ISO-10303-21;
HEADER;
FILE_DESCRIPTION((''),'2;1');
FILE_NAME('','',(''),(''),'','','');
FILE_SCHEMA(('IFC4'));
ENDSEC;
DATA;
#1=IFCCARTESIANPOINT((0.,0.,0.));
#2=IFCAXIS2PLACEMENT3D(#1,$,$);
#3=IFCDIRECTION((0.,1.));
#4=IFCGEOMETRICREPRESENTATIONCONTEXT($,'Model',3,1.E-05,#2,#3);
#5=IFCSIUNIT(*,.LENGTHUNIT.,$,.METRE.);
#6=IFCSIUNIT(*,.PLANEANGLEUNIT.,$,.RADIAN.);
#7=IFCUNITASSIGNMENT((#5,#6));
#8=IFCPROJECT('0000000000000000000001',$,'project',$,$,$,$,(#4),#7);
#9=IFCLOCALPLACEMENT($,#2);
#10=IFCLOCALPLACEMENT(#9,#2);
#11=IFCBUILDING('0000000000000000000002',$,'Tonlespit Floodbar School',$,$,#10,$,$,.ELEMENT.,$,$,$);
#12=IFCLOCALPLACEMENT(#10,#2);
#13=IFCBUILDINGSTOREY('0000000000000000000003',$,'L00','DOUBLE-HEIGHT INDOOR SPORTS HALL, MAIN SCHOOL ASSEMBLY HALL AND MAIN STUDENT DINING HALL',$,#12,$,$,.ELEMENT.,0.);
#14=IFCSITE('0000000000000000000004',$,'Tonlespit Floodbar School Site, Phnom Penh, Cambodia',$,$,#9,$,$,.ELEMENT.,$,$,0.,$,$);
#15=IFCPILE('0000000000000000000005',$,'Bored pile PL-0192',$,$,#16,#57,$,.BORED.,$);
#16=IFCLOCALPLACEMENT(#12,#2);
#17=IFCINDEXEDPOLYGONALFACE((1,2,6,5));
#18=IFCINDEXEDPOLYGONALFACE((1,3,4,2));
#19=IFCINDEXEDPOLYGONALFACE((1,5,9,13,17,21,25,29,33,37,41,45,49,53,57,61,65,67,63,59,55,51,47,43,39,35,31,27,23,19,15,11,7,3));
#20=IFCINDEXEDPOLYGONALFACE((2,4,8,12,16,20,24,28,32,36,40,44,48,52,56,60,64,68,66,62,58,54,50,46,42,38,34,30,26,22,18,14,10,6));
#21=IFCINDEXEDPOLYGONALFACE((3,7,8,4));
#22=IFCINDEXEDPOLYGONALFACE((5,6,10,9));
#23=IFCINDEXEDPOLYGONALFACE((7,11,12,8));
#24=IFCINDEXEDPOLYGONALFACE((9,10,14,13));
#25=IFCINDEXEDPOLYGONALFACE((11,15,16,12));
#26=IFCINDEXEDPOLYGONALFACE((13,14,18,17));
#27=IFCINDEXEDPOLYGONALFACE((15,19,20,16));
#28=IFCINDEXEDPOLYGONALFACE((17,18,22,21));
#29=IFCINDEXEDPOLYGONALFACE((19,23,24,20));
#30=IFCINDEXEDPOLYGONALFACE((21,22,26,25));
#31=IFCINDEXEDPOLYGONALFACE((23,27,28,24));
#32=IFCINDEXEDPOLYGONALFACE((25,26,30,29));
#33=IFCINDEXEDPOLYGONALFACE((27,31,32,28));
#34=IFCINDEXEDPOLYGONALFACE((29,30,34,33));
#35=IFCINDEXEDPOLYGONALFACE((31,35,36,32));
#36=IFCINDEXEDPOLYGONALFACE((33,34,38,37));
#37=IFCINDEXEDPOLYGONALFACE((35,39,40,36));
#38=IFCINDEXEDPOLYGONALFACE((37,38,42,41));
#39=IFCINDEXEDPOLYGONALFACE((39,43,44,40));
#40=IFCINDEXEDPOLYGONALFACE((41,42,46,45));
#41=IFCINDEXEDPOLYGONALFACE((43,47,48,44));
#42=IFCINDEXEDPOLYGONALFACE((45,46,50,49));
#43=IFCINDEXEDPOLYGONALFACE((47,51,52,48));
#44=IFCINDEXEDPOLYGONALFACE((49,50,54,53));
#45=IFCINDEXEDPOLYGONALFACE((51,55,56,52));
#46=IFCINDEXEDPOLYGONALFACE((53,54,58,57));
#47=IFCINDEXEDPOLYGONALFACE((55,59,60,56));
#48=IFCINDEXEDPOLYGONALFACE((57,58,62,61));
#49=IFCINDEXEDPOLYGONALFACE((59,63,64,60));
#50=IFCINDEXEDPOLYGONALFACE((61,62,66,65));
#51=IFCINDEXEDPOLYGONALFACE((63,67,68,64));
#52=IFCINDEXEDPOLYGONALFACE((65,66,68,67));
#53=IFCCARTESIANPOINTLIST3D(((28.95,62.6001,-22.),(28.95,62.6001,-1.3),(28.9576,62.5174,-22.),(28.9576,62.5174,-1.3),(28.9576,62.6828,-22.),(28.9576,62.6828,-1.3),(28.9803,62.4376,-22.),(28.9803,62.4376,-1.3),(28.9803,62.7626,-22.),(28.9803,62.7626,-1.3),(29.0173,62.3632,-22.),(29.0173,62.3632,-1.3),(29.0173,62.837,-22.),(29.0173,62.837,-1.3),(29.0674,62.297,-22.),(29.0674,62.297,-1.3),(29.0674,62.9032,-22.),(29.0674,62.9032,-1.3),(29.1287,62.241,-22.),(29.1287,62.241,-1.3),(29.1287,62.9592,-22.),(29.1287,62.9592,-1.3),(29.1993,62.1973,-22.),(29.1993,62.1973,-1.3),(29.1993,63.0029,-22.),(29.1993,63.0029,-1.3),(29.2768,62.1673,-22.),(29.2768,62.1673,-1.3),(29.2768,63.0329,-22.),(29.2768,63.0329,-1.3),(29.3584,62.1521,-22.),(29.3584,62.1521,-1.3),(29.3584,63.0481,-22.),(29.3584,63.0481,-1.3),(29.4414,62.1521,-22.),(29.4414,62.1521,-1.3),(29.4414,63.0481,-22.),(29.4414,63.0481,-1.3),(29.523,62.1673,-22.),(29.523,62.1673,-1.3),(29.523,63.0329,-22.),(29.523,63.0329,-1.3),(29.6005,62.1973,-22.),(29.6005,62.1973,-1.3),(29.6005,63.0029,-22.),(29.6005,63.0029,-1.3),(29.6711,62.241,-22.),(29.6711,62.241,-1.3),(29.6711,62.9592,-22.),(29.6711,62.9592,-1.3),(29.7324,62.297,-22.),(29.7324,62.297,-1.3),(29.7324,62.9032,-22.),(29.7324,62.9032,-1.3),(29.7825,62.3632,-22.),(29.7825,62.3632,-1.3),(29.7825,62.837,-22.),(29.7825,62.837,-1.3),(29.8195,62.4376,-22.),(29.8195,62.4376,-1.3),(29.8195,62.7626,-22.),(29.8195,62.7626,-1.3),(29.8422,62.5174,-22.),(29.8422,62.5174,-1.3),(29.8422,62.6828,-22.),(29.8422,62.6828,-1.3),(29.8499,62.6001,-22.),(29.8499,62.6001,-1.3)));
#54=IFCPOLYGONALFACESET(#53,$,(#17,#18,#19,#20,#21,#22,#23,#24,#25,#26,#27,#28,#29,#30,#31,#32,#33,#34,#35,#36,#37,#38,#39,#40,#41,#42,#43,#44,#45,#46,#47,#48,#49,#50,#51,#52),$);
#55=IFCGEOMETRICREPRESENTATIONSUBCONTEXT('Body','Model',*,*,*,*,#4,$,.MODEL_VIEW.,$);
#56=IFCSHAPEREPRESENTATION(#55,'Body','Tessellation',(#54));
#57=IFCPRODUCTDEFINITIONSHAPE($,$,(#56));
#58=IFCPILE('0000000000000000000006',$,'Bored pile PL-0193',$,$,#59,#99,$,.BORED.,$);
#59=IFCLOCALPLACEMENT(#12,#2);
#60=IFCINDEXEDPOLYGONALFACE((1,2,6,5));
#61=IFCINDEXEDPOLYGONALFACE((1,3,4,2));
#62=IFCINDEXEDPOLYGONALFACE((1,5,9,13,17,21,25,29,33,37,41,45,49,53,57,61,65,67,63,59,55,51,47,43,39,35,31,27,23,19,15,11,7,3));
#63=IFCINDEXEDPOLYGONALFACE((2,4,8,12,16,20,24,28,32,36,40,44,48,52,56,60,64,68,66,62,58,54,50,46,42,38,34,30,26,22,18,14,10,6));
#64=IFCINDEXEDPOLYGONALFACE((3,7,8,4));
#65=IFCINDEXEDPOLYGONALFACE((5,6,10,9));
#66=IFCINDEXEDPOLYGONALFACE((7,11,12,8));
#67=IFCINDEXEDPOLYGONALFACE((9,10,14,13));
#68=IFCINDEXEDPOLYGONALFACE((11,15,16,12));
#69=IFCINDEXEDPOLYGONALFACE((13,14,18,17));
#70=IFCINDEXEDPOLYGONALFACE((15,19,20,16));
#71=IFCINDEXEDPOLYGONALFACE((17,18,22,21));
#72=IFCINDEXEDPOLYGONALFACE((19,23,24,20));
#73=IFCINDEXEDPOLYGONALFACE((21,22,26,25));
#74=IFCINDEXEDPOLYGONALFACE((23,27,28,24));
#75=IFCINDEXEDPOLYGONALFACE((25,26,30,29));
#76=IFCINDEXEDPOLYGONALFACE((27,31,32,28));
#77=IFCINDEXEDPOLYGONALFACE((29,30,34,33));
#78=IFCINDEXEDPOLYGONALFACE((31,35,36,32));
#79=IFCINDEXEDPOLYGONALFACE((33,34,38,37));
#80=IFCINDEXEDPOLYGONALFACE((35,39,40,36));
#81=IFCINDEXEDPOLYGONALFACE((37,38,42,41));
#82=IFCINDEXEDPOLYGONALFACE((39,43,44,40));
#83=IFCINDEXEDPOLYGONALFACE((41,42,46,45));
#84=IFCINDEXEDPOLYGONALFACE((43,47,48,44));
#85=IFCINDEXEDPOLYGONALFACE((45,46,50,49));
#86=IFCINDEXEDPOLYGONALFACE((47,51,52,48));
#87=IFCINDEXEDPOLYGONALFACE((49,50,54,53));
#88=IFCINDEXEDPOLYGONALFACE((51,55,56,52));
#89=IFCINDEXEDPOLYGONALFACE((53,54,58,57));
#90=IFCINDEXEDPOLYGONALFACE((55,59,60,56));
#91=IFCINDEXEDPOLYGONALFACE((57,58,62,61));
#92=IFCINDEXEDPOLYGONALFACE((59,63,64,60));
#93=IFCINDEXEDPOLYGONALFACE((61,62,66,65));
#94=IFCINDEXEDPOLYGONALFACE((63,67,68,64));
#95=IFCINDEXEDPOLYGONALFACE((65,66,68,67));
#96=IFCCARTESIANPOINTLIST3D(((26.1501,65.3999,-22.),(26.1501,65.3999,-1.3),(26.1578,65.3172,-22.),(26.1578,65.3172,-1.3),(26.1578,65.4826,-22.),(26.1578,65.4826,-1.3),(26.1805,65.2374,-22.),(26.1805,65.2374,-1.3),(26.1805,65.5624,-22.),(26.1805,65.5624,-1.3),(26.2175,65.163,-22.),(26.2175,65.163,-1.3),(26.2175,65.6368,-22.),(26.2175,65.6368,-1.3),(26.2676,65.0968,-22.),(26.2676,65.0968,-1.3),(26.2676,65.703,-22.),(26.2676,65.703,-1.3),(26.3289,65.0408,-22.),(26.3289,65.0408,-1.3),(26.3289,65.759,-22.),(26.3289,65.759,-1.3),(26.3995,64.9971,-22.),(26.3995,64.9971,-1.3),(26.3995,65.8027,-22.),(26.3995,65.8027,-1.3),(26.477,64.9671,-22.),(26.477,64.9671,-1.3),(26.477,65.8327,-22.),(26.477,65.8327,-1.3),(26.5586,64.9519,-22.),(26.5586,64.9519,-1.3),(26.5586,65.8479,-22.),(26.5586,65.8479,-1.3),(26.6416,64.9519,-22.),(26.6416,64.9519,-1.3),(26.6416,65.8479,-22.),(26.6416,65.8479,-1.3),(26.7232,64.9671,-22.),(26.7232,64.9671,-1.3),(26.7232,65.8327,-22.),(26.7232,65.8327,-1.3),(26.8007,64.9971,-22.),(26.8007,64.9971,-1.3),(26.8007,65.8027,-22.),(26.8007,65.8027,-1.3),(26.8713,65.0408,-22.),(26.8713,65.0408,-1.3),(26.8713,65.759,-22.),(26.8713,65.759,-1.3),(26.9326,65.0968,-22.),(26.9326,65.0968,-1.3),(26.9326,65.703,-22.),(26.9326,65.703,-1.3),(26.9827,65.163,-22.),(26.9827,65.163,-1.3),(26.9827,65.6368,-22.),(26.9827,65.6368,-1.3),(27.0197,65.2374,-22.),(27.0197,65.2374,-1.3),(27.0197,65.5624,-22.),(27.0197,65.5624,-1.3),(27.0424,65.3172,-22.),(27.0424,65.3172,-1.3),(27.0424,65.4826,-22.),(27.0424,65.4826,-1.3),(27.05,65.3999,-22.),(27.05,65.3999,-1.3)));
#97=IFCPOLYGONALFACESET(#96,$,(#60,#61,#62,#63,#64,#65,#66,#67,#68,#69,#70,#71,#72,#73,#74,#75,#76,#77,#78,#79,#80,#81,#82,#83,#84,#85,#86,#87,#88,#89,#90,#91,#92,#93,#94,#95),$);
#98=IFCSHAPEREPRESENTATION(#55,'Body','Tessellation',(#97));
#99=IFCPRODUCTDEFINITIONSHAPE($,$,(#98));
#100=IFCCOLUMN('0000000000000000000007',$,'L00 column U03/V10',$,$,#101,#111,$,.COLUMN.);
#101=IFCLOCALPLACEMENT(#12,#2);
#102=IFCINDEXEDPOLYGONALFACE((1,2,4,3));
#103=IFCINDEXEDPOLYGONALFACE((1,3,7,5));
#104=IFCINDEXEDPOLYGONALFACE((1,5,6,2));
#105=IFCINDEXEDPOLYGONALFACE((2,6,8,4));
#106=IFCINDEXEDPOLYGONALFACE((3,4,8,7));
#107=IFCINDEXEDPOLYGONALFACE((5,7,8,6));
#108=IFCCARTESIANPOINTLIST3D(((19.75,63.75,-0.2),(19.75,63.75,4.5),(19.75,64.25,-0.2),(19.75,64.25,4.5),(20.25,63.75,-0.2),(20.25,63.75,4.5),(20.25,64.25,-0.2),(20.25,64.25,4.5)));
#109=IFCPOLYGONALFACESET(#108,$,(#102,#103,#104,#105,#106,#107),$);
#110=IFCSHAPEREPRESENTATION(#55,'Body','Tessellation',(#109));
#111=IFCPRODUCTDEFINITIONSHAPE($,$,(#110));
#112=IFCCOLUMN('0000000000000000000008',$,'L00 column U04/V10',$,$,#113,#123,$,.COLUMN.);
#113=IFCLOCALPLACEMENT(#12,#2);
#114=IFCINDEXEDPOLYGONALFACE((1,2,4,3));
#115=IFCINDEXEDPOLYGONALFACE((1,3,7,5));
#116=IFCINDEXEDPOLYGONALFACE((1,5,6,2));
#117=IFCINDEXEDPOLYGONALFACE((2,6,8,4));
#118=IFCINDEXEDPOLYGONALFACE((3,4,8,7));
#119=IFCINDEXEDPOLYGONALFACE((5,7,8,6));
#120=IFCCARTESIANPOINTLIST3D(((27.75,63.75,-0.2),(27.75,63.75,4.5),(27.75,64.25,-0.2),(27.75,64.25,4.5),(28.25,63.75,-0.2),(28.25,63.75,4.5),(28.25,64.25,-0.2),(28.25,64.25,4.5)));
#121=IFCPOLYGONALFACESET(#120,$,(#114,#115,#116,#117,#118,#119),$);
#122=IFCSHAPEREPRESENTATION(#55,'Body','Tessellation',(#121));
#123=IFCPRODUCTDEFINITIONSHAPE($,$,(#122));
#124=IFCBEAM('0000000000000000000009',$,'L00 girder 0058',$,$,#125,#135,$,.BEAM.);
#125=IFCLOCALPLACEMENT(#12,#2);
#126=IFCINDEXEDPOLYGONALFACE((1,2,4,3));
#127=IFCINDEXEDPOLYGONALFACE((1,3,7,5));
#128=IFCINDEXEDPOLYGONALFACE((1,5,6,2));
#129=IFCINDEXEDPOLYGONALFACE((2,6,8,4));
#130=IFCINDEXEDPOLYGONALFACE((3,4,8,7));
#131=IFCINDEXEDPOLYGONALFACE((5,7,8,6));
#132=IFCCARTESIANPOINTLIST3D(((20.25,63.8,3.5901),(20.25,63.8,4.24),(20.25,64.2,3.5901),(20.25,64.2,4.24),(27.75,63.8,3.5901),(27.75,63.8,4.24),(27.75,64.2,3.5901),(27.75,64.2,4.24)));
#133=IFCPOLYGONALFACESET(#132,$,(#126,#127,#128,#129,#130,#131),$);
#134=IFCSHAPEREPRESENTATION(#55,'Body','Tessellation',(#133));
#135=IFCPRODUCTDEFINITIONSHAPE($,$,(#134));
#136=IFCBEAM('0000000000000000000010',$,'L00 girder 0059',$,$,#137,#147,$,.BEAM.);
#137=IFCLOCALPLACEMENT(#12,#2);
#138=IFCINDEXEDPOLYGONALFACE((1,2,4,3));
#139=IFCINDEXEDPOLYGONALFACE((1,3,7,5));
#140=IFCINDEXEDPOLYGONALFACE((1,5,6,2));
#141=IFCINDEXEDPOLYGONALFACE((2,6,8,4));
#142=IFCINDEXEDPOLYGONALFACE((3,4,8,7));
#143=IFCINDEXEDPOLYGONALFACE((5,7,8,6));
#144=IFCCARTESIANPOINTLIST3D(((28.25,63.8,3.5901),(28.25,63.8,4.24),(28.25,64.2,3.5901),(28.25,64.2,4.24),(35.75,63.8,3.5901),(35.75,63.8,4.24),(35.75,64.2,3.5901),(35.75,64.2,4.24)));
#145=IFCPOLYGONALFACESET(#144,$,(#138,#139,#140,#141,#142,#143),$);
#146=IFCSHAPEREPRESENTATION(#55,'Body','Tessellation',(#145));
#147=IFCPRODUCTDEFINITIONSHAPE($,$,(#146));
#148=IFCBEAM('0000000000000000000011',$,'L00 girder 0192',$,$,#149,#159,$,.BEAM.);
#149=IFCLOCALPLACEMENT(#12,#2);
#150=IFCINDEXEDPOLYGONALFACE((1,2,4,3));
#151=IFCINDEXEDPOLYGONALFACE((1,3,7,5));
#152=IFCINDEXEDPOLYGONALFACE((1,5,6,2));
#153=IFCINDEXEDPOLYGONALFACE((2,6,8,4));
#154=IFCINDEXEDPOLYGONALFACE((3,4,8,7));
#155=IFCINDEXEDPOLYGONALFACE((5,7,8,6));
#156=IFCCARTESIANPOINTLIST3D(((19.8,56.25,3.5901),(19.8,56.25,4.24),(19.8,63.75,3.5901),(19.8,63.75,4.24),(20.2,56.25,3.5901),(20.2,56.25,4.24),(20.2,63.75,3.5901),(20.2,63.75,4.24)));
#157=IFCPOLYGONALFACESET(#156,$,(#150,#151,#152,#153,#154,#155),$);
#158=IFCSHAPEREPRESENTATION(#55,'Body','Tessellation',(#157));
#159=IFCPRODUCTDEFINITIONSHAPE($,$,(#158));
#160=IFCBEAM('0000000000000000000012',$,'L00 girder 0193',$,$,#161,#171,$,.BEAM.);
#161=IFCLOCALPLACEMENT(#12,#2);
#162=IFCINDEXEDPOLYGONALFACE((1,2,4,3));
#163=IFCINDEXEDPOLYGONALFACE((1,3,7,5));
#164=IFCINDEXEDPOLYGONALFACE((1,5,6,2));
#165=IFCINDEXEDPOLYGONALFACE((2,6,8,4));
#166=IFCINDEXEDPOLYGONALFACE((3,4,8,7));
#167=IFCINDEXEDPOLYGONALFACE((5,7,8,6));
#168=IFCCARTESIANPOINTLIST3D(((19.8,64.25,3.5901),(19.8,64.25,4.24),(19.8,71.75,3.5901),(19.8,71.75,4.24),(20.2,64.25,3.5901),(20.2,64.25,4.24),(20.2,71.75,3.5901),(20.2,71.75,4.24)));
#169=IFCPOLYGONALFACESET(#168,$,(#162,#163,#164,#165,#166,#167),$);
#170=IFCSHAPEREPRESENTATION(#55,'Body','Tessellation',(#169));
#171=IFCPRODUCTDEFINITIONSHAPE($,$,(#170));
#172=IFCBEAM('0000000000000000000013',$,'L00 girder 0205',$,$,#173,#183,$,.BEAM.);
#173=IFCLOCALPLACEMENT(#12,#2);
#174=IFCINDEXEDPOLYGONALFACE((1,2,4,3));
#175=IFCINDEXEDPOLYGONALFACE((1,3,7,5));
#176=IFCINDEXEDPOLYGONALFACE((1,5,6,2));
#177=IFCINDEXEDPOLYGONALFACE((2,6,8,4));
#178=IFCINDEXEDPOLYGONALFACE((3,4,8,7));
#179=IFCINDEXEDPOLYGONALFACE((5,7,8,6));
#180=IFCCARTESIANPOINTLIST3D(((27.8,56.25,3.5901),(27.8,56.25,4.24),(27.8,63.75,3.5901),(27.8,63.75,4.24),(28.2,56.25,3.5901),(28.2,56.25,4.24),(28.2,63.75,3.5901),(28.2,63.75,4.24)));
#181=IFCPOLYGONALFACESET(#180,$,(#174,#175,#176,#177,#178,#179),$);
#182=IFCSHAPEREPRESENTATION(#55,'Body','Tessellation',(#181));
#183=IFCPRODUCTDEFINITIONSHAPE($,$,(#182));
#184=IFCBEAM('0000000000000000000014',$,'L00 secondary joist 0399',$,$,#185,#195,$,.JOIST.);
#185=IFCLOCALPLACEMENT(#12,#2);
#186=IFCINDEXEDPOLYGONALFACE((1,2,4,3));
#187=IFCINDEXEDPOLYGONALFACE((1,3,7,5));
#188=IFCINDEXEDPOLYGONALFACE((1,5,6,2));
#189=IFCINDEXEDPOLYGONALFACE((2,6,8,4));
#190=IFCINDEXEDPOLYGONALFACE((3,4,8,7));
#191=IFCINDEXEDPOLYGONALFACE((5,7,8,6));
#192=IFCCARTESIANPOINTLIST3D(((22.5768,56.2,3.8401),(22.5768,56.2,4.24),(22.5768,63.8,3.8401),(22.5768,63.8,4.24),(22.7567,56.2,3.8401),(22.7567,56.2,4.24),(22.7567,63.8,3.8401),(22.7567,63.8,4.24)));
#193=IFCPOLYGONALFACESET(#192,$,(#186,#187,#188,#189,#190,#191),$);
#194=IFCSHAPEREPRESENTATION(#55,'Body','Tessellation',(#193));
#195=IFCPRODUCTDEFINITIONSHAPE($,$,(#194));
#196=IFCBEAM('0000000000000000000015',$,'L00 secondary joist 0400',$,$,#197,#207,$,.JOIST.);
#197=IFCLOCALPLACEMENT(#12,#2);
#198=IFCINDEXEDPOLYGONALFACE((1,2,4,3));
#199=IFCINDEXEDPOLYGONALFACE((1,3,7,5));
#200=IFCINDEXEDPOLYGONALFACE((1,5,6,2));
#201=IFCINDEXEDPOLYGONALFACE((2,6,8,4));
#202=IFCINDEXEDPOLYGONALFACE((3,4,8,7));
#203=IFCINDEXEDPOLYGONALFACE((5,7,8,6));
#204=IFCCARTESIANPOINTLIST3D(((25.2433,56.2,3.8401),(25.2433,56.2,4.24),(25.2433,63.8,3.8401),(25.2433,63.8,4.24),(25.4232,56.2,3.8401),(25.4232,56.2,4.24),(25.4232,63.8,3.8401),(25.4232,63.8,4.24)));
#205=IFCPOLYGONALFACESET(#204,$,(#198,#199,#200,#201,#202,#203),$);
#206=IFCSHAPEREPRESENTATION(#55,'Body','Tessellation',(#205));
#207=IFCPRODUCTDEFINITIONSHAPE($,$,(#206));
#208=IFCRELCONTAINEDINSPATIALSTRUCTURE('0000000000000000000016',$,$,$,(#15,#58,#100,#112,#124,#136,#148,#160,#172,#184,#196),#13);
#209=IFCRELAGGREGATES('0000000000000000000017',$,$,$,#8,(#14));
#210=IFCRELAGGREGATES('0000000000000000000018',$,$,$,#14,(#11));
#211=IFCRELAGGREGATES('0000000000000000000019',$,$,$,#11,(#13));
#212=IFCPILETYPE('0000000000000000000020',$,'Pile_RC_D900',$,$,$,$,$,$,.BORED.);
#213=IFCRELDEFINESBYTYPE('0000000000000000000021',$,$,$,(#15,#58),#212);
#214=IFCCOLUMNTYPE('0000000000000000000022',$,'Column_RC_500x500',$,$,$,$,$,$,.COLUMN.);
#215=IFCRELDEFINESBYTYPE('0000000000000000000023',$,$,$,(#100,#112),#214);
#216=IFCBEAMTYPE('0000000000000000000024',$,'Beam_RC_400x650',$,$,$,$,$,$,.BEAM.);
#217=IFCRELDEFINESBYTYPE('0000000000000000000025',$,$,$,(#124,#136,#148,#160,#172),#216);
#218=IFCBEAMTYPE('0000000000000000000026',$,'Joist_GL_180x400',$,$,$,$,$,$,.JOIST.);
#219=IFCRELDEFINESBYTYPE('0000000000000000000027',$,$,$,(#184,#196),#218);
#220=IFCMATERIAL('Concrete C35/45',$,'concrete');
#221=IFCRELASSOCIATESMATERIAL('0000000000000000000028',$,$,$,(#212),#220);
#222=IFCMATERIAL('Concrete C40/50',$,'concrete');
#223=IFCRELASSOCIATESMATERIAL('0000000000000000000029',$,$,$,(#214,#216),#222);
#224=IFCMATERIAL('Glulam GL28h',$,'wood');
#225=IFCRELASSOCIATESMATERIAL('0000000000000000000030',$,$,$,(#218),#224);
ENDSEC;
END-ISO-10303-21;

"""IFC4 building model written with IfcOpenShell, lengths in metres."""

from ifc_helpers import new_model, si_unit, direction, frame, origin, origin_2d, place, context, subcontext, project, spatial, rectangle, circle, extrude, material, material_profile, profile_set, type_object, element, save


model = new_model("IFC4")

# Units and contexts
model_context = context("Model", 3, precision=1e-05, world=origin(), true_north=direction((0.0, 1.0)))
body_context = subcontext(model_context, "Body", "Model", "MODEL_VIEW")
ifc_project = project(units=[si_unit("LENGTHUNIT", "METRE"), si_unit("PLANEANGLEUNIT", "RADIAN")], contexts=[model_context])

# Site, building, storey
site_placement = place(None, origin())
site = spatial("IfcSite", under=ifc_project, at=site_placement, Name="Tonlespit Floodbar School Site, Phnom Penh, Cambodia", CompositionType="ELEMENT", RefElevation=0.0)
building_placement = place(site_placement, origin())
building = spatial("IfcBuilding", under=site, at=building_placement, Name="Tonlespit Floodbar School", CompositionType="ELEMENT")
storey_placement = place(building_placement, origin())
storey = spatial("IfcBuildingStorey", under=building, at=storey_placement, Name="L00", Description="DOUBLE-HEIGHT INDOOR SPORTS HALL, MAIN SCHOOL ASSEMBLY HALL AND MAIN STUDENT DINING HALL", CompositionType="ELEMENT", Elevation=0.0)

# Shared definitions
ifc_material_1 = material(Name="Concrete C40/50", Category="concrete")

# Piles
ifc_material_2 = material(Name="Concrete C35/45", Category="concrete")
ifc_material_profile_1 = material_profile(ifc_material_2, circle(Radius=0.45, at=origin_2d()), Name="BP D900")
ifc_profile_set_1 = profile_set([ifc_material_profile_1], Name="Concrete C35/45")
pile_type = type_object("IfcPileType", Name="Pile_RC_D900", PredefinedType="BORED", material=ifc_profile_set_1)
for number, where, z_axis, x_axis, name in (
    (1, (29.3999, 62.6001, -1.3), (0.0, 0.0, -1.0), (1.0, 0.0, 0.0), "Bored pile PL-0192"),
    (2, (26.6001, 65.3999, -1.3), (0.0, 0.0, -1.0), (1.0, 0.0, 0.0), "Bored pile PL-0193"),
):
    element("IfcPile", number, at=place(storey_placement, frame(where, z_axis=z_axis, x_axis=x_axis)), inside=storey, type_object=pile_type, Name=name, PredefinedType="BORED", context=body_context, shape_type="SweptSolid", body=[
        extrude(circle(Radius=0.45, at=origin_2d()), origin(), (0.0, 0.0, 1.0), 20.7),
    ])

# Columns
ifc_material_profile_2 = material_profile(ifc_material_1, rectangle(XDim=0.5, YDim=0.5, at=origin_2d()), Name="RC 500x500")
ifc_profile_set_2 = profile_set([ifc_material_profile_2], Name="Concrete C40/50")
column_type = type_object("IfcColumnType", Name="Column_RC_500x500", PredefinedType="COLUMN", material=ifc_profile_set_2)
for number, where, z_axis, x_axis, name in (
    (3, (20.0, 64.0, -0.2), (0.0, 0.0, 1.0), (1.0, 0.0, 0.0), "L00 column U03/V10"),
    (4, (28.0, 64.0, -0.2), (0.0, 0.0, 1.0), (1.0, 0.0, 0.0), "L00 column U04/V10"),
):
    element("IfcColumn", number, at=place(storey_placement, frame(where, z_axis=z_axis, x_axis=x_axis)), inside=storey, type_object=column_type, Name=name, PredefinedType="COLUMN", context=body_context, shape_type="SweptSolid", body=[
        extrude(rectangle(XDim=0.5, YDim=0.5, at=origin_2d()), origin(), (0.0, 0.0, 1.0), 4.7),
    ])

# Beams
ifc_material_profile_3 = material_profile(ifc_material_1, rectangle(XDim=0.3999, YDim=0.6499, at=origin_2d()), Name="RC 400x650")
ifc_profile_set_3 = profile_set([ifc_material_profile_3], Name="Concrete C40/50")
beam_type_1 = type_object("IfcBeamType", Name="Beam_RC_400x650", PredefinedType="BEAM", material=ifc_profile_set_3)
for number, where, z_axis, x_axis, name in (
    (5, (20.25, 64.0, 3.915), (1.0, 0.0, 0.0), (0.0, 1.0, 0.0), "L00 girder 0058"),
    (6, (28.25, 64.0, 3.915), (1.0, 0.0, 0.0), (0.0, 1.0, 0.0), "L00 girder 0059"),
    (7, (20.0, 56.25, 3.915), (0.0, 1.0, 0.0), (-1.0, 0.0, 0.0), "L00 girder 0192"),
    (8, (20.0, 64.25, 3.915), (0.0, 1.0, 0.0), (-1.0, 0.0, 0.0), "L00 girder 0193"),
    (9, (28.0, 56.25, 3.915), (0.0, 1.0, 0.0), (-1.0, 0.0, 0.0), "L00 girder 0205"),
):
    element("IfcBeam", number, at=place(storey_placement, frame(where, z_axis=z_axis, x_axis=x_axis)), inside=storey, type_object=beam_type_1, Name=name, PredefinedType="BEAM", context=body_context, shape_type="SweptSolid", body=[
        extrude(rectangle(XDim=0.3999, YDim=0.6499, at=origin_2d()), origin(), (0.0, 0.0, 1.0), 7.5),
    ])
ifc_material_3 = material(Name="Glulam GL28h", Category="wood")
ifc_material_profile_4 = material_profile(ifc_material_3, rectangle(XDim=0.1799, YDim=0.3999, at=origin_2d()), Name="GL 180x400")
ifc_profile_set_4 = profile_set([ifc_material_profile_4], Name="Glulam GL28h")
beam_type_2 = type_object("IfcBeamType", Name="Joist_GL_180x400", PredefinedType="JOIST", material=ifc_profile_set_4)
for number, where, z_axis, x_axis, name in (
    (10, (22.6667, 56.2, 4.04), (0.0, 1.0, 0.0), (-1.0, 0.0, 0.0), "L00 secondary joist 0399"),
    (11, (25.3333, 56.2, 4.04), (0.0, 1.0, 0.0), (-1.0, 0.0, 0.0), "L00 secondary joist 0400"),
):
    element("IfcBeam", number, at=place(storey_placement, frame(where, z_axis=z_axis, x_axis=x_axis)), inside=storey, type_object=beam_type_2, Name=name, PredefinedType="JOIST", context=body_context, shape_type="SweptSolid", body=[
        extrude(rectangle(XDim=0.1799, YDim=0.3999, at=origin_2d()), origin(), (0.0, 0.0, 1.0), 7.6001),
    ])

save(model, "model.ifc")
